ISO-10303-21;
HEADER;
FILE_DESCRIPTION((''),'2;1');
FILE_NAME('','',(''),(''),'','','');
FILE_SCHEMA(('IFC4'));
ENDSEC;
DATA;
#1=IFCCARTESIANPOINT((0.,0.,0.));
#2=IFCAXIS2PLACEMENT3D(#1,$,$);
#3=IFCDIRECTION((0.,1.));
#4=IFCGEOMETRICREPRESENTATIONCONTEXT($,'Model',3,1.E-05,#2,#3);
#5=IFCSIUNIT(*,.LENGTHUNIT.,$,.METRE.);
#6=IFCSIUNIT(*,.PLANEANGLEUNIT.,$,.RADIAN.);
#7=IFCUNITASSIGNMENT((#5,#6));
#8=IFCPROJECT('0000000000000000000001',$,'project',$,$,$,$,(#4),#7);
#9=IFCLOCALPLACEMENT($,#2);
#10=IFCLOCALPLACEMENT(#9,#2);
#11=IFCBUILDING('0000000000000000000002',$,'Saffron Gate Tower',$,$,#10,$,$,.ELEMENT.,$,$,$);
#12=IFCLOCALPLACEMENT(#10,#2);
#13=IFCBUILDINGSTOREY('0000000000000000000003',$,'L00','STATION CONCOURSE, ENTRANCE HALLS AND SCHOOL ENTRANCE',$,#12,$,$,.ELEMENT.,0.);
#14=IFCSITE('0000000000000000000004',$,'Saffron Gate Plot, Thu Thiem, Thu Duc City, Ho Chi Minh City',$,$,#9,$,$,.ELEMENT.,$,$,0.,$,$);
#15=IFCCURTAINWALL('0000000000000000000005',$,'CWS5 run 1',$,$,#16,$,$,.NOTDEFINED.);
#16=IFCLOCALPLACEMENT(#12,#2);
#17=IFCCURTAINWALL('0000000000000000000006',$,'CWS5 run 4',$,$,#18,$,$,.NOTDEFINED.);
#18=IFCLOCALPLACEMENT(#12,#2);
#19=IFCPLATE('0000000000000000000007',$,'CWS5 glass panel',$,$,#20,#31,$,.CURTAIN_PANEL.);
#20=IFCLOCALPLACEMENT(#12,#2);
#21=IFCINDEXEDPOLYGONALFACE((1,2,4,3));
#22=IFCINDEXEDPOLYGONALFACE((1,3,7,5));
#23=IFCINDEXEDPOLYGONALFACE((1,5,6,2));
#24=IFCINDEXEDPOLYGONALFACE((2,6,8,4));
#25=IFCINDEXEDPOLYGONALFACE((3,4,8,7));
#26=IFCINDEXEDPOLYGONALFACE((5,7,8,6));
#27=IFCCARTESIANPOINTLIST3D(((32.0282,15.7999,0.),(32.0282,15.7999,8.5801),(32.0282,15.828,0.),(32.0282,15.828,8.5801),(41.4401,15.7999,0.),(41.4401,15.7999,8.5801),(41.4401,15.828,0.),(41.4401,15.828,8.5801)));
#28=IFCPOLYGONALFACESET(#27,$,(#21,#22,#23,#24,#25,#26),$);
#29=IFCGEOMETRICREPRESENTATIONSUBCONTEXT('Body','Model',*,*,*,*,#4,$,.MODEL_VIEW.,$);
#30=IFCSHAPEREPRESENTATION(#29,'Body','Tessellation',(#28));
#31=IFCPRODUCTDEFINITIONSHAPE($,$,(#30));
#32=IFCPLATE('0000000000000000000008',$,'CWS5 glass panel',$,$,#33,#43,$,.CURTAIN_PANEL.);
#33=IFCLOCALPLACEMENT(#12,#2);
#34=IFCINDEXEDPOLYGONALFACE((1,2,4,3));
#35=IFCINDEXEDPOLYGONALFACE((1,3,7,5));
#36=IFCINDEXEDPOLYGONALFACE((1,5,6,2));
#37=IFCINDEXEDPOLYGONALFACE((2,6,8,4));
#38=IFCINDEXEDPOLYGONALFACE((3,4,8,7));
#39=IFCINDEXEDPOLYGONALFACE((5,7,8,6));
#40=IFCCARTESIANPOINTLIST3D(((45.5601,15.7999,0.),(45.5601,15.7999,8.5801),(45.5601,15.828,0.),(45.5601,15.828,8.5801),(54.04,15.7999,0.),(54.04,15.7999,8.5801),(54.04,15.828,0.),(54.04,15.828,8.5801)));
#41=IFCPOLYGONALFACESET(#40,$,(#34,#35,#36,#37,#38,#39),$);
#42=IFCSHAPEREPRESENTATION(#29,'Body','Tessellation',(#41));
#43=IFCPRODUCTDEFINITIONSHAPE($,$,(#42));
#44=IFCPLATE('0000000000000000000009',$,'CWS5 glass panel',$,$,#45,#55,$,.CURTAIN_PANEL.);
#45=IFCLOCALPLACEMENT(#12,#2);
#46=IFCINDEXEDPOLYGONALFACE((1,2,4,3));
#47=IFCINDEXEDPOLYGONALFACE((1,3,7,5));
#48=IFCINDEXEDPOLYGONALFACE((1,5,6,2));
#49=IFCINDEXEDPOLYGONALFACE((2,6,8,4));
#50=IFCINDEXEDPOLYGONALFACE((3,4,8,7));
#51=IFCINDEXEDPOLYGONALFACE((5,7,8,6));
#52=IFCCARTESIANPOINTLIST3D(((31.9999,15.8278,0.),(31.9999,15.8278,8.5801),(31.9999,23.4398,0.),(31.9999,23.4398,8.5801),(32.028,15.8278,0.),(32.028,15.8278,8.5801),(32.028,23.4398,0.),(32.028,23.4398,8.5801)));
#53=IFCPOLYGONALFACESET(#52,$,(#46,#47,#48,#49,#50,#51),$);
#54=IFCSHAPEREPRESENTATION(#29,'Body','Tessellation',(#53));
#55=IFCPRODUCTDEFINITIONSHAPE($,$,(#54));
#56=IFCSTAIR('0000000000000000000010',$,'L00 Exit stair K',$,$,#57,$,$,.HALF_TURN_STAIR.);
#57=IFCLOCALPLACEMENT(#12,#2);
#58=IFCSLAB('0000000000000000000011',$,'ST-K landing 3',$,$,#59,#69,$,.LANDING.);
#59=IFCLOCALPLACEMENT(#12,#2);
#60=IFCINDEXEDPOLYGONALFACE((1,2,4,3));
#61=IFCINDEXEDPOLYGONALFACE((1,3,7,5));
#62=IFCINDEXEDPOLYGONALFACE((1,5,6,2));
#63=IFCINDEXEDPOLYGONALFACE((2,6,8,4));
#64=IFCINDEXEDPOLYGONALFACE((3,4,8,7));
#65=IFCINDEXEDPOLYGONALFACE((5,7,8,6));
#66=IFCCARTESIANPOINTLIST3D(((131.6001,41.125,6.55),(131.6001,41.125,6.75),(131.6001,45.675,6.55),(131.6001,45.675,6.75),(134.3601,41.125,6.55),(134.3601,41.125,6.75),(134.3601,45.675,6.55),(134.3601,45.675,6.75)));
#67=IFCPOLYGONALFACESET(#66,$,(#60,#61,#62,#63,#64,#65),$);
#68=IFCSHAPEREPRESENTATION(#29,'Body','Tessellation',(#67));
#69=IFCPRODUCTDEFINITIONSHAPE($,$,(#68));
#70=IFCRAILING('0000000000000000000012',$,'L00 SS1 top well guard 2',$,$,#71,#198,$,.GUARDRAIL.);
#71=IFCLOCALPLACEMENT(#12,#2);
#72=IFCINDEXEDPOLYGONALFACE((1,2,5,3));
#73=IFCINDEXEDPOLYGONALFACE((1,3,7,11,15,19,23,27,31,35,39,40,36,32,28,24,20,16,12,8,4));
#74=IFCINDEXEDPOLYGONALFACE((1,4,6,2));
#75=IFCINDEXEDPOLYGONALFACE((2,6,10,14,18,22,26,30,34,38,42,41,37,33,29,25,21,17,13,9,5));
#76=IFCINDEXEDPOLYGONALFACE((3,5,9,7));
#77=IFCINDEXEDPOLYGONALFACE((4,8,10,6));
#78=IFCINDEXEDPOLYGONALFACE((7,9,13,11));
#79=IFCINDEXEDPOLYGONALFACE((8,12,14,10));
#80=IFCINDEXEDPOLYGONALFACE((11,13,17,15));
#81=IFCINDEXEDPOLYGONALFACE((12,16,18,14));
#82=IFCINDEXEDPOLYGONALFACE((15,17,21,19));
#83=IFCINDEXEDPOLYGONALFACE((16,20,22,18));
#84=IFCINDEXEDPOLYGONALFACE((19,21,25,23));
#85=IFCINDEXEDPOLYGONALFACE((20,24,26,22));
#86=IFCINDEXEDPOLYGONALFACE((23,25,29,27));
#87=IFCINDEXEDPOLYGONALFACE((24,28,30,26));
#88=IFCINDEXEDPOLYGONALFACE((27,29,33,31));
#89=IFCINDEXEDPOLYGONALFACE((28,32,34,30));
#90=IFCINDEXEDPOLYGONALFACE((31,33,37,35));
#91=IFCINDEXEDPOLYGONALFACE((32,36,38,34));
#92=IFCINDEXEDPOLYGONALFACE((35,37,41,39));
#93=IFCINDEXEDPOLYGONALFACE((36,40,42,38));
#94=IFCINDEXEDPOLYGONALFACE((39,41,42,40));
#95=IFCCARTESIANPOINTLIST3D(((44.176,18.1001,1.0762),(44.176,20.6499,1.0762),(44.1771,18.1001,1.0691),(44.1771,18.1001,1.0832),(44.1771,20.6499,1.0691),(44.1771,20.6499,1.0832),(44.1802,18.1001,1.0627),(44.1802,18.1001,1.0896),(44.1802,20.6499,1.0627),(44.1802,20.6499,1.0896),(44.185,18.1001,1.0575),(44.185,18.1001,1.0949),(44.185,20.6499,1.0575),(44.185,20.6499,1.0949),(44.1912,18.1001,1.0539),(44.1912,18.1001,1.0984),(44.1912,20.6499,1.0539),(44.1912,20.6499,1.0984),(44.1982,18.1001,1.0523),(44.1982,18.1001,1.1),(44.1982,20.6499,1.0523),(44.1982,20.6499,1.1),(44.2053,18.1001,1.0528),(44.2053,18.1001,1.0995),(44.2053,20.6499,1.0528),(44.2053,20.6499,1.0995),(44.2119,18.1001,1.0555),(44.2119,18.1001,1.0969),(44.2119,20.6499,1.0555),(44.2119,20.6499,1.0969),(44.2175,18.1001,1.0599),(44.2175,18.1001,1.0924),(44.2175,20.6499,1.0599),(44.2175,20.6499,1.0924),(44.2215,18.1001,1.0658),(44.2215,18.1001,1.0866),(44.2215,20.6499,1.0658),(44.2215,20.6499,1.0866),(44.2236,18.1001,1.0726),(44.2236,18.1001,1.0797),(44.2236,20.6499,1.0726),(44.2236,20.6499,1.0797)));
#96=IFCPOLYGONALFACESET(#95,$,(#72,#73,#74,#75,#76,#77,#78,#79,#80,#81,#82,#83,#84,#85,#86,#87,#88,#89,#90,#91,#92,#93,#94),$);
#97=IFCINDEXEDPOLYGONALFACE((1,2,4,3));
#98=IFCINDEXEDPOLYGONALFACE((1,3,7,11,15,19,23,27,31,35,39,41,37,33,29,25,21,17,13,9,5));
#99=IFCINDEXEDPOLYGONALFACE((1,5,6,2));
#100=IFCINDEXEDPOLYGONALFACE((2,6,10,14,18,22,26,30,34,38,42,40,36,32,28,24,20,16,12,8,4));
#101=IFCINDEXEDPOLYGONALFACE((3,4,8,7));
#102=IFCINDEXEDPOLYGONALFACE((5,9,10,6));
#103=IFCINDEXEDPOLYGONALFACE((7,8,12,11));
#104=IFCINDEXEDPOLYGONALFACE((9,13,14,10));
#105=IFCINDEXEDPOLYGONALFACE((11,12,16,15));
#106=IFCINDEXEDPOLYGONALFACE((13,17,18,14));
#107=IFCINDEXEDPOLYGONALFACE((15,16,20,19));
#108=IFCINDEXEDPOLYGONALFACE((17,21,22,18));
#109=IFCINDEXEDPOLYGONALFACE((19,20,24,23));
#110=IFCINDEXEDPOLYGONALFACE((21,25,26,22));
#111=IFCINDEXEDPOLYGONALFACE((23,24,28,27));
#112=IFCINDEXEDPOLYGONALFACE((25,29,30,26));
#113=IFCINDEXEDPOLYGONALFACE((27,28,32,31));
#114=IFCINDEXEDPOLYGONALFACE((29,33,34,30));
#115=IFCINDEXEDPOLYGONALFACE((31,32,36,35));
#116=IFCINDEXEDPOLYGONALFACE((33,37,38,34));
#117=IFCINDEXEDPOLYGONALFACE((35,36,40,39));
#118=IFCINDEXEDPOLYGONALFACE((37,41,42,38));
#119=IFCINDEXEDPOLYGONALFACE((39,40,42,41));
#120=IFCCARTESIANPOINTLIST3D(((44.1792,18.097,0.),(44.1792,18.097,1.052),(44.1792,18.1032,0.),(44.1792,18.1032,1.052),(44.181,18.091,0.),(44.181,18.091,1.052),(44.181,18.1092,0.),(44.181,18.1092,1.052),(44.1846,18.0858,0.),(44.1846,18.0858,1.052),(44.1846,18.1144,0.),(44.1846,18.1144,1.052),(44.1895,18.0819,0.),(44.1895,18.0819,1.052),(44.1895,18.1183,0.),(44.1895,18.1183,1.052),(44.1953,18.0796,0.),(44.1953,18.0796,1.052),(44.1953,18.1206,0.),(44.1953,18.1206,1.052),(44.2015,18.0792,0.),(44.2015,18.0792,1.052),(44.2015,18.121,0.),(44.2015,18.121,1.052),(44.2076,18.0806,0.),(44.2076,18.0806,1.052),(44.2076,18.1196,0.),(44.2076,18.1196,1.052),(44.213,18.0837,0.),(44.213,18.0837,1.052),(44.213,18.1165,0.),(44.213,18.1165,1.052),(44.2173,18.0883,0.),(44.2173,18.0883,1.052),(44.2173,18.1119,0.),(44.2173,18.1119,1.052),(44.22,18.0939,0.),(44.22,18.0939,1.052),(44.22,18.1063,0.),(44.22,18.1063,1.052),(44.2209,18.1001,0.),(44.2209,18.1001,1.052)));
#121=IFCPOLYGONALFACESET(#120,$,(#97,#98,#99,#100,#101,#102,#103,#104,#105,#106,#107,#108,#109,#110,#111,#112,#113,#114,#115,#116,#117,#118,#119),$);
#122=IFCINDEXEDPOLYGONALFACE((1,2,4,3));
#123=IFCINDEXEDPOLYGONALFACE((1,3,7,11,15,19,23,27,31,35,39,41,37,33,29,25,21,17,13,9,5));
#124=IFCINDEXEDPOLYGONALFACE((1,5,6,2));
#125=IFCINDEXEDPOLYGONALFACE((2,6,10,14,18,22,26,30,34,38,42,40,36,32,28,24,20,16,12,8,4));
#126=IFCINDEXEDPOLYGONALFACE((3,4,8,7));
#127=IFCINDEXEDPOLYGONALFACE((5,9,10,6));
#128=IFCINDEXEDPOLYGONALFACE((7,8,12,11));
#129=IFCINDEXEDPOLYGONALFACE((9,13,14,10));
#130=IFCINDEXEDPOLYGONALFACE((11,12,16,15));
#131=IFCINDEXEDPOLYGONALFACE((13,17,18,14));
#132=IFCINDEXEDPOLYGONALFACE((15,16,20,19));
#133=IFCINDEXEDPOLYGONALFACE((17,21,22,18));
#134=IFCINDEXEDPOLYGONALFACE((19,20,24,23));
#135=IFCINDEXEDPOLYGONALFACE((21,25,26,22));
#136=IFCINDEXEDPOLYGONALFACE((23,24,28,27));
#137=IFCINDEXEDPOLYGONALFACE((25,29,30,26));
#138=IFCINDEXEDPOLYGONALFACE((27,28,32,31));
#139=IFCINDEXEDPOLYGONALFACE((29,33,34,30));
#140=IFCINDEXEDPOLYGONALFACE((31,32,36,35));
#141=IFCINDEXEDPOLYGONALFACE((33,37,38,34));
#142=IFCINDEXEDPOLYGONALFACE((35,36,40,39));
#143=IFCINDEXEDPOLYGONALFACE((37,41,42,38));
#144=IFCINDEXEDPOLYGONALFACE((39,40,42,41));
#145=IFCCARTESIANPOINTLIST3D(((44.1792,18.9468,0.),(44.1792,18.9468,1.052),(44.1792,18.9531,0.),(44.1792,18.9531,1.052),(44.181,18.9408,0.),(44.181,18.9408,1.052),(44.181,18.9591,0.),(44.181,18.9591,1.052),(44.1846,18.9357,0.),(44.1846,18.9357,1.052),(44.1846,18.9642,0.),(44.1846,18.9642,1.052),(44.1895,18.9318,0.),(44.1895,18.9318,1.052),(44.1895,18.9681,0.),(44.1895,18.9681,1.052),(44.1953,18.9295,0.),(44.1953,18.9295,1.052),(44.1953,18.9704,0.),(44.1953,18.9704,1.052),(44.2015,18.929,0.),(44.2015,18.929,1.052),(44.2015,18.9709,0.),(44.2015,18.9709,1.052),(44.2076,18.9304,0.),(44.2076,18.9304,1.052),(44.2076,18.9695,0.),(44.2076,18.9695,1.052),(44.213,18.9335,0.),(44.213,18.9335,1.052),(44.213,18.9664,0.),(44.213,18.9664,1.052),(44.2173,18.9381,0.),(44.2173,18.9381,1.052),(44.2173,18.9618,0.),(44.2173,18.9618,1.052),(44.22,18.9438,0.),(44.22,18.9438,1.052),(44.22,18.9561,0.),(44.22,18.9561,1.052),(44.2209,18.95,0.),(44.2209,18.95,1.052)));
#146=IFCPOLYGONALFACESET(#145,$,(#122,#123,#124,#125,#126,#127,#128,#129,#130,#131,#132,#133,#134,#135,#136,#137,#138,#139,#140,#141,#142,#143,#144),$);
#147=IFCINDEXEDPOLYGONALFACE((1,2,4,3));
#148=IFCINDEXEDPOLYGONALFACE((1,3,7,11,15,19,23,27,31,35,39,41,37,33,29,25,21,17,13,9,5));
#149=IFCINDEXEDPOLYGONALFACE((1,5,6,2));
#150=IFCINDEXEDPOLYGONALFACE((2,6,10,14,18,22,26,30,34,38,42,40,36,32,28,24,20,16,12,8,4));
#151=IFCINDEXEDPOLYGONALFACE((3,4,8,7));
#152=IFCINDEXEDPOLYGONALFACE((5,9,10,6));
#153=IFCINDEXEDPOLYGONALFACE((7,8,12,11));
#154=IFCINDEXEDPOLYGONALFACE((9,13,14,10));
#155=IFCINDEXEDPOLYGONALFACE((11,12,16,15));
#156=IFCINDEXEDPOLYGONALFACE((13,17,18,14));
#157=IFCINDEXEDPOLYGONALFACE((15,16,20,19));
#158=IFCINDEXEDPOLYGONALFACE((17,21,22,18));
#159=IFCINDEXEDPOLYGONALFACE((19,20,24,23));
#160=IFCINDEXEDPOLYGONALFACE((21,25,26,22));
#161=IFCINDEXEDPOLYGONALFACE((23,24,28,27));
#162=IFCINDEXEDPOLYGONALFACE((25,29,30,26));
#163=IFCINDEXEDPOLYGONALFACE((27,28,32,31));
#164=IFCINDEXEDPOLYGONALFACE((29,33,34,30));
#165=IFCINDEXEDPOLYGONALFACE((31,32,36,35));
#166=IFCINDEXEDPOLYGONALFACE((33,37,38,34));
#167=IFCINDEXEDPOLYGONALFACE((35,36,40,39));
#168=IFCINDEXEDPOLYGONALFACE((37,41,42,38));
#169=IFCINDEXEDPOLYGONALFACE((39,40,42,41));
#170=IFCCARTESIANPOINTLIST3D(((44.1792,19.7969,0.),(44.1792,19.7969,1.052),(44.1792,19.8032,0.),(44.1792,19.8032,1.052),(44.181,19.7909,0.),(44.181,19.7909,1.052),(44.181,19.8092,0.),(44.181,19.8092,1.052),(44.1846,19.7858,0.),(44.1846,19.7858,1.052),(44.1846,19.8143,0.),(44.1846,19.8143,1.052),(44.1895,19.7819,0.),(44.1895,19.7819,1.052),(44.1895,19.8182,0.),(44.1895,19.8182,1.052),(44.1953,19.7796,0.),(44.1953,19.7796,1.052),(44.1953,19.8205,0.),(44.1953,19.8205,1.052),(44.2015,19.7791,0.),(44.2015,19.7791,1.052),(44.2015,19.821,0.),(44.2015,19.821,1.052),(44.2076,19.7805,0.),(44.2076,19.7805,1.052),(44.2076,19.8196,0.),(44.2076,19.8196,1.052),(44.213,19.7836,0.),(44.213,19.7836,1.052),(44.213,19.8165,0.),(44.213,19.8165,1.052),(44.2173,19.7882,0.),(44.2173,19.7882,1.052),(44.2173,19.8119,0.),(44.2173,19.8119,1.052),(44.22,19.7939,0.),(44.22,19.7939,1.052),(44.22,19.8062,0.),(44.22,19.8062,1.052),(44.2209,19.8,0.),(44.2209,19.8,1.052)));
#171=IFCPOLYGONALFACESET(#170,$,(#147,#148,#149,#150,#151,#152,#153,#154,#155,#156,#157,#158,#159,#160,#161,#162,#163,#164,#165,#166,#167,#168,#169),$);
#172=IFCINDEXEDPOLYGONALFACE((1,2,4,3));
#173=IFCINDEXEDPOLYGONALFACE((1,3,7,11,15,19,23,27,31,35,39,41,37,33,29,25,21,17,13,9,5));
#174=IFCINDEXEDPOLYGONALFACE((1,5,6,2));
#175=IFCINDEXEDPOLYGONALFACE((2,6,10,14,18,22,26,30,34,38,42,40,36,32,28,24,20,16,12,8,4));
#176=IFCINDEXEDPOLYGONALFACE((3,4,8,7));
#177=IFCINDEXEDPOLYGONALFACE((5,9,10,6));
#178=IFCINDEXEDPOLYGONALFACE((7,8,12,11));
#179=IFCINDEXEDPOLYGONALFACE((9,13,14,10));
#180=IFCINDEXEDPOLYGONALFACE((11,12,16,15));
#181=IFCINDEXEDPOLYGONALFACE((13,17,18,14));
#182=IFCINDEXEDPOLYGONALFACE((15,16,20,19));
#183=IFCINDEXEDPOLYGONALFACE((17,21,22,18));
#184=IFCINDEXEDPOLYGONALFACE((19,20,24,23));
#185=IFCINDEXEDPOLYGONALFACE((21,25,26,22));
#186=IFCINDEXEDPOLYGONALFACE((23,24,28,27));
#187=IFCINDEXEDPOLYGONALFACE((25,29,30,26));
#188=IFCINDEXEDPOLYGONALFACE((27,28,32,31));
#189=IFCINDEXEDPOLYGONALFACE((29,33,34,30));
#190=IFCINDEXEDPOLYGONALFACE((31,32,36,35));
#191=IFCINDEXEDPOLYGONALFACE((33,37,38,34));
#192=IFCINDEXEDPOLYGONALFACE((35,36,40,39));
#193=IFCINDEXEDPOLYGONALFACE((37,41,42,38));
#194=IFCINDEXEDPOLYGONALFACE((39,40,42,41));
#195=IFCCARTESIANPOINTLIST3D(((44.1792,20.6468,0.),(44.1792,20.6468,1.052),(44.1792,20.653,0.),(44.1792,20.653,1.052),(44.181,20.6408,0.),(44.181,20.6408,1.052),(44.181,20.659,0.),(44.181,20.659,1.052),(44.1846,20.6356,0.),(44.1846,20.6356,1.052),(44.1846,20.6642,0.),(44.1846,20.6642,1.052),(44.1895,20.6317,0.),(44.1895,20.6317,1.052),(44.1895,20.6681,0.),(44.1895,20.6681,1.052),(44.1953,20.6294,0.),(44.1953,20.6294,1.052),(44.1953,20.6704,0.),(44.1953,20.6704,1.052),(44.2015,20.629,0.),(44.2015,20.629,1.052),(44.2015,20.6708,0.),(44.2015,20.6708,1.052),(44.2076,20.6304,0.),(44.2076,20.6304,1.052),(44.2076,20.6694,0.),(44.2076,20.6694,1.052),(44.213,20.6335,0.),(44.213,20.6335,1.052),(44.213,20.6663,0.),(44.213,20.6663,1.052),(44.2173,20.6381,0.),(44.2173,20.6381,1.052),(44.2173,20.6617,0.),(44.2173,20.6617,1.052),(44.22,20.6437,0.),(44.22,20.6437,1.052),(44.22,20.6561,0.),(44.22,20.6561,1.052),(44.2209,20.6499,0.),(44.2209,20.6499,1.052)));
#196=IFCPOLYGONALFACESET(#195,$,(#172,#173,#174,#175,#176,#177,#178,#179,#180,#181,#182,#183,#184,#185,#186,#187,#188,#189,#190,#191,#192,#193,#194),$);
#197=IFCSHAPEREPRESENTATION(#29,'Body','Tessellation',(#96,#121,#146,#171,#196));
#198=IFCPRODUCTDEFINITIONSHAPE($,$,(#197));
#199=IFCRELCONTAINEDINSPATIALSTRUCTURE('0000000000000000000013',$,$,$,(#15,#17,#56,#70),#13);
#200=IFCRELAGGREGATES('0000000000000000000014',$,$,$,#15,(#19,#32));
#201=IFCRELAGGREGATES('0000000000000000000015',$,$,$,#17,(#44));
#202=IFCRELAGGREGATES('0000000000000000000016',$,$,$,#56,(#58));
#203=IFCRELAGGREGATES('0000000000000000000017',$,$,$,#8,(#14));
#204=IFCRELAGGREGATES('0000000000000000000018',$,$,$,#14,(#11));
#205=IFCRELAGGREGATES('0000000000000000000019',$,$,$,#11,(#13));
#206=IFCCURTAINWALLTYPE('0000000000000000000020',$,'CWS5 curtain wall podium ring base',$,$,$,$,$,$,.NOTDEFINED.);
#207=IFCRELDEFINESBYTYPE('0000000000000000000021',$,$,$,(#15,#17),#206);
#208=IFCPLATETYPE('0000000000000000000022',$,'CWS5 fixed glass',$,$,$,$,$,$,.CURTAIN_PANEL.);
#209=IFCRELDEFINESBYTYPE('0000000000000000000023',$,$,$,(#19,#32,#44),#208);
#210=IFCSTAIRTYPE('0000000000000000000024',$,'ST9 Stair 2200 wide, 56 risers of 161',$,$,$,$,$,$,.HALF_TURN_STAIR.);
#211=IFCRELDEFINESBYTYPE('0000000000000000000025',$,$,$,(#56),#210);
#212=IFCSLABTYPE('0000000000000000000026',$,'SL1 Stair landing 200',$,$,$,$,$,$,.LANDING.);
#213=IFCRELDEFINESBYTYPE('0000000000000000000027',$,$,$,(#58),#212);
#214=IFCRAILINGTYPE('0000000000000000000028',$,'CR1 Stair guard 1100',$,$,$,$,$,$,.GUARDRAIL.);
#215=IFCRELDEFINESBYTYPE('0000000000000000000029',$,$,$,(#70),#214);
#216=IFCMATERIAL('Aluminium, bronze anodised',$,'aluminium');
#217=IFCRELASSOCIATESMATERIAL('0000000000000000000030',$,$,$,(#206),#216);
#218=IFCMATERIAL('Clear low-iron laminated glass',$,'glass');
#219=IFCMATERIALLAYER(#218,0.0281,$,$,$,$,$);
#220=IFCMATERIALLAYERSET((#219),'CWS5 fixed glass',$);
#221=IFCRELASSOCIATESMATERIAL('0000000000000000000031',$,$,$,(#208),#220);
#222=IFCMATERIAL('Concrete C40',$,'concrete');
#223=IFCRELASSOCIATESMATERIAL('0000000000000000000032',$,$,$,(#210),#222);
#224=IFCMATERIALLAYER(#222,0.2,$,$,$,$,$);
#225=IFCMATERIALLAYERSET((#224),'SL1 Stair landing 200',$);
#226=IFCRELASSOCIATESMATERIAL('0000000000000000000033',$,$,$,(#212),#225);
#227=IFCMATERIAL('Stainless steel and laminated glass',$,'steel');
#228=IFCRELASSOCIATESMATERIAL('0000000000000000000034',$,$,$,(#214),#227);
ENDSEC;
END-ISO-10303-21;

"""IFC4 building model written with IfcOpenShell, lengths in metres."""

from ifc_helpers import new_model, si_unit, direction, frame, frame_2d, origin, origin_2d, place, context, subcontext, project, spatial, polyline, rectangle, circle, outline, extrude, material, layer, layer_set, type_object, element, aggregate, save


model = new_model("IFC4")

# Units and contexts
model_context = context("Model", 3, precision=1e-05, world=origin(), true_north=direction((0.0, 1.0)))
body_context = subcontext(model_context, "Body", "Model", "MODEL_VIEW")
ifc_project = project(units=[si_unit("LENGTHUNIT", "METRE"), si_unit("PLANEANGLEUNIT", "RADIAN")], contexts=[model_context])

# Site, building, storey
site_placement = place(None, origin())
site = spatial("IfcSite", under=ifc_project, at=site_placement, Name="Saffron Gate Plot, Thu Thiem, Thu Duc City, Ho Chi Minh City", CompositionType="ELEMENT", RefElevation=0.0)
building_placement = place(site_placement, origin())
building = spatial("IfcBuilding", under=site, at=building_placement, Name="Saffron Gate Tower", CompositionType="ELEMENT")
storey_placement = place(building_placement, origin())
storey = spatial("IfcBuildingStorey", under=building, at=storey_placement, Name="L00", Description="STATION CONCOURSE, ENTRANCE HALLS AND SCHOOL ENTRANCE", CompositionType="ELEMENT", Elevation=0.0)

# Curtain walls
ifc_material_1 = material(Name="Aluminium, bronze anodised", Category="aluminium")
curtain_wall_type = type_object("IfcCurtainWallType", Name="CWS5 curtain wall podium ring base", PredefinedType="NOTDEFINED", material=ifc_material_1)
curtain_wall_1_placement = place(storey_placement, origin())
curtain_wall_1 = element("IfcCurtainWall", 1, at=curtain_wall_1_placement, inside=storey, type_object=curtain_wall_type, Name="CWS5 run 1", PredefinedType="NOTDEFINED")
curtain_wall_2_placement = place(storey_placement, origin())
curtain_wall_2 = element("IfcCurtainWall", 2, at=curtain_wall_2_placement, inside=storey, type_object=curtain_wall_type, Name="CWS5 run 4", PredefinedType="NOTDEFINED")

# Plates
ifc_material_2 = material(Name="Clear low-iron laminated glass", Category="glass")
ifc_layer_1 = layer(ifc_material_2, 0.0281)
ifc_layer_set_1 = layer_set([ifc_layer_1], Name="CWS5 fixed glass")
plate_type = type_object("IfcPlateType", Name="CWS5 fixed glass", PredefinedType="CURTAIN_PANEL", material=ifc_layer_set_1)
plate_1_placement = place(storey_placement, frame((32.0281, 15.814, 0.0), z_axis=(0.0, 0.0, 1.0), x_axis=(1.0, 0.0, 0.0)))
plate_1 = element("IfcPlate", 3, at=plate_1_placement, type_object=plate_type, Name="CWS5 glass panel", PredefinedType="CURTAIN_PANEL", context=body_context, shape_type="SweptSolid", body=[
    extrude(rectangle(XDim=9.4119, YDim=0.0281, at=frame_2d((4.7061, 0.0))), origin(), (0.0, 0.0, 1.0), 8.5801),
])
plate_2_placement = place(storey_placement, frame((45.5601, 15.814, 0.0), z_axis=(0.0, 0.0, 1.0), x_axis=(1.0, 0.0, 0.0)))
plate_2 = element("IfcPlate", 4, at=plate_2_placement, type_object=plate_type, Name="CWS5 glass panel", PredefinedType="CURTAIN_PANEL", context=body_context, shape_type="SweptSolid", body=[
    extrude(rectangle(XDim=8.48, YDim=0.0281, at=frame_2d((4.24, 0.0))), origin(), (0.0, 0.0, 1.0), 8.5801),
])
aggregate(curtain_wall_1, [plate_1, plate_2])
plate_3_placement = place(storey_placement, frame((32.0139, 23.4399, 0.0), z_axis=(0.0, 0.0, 1.0), x_axis=(0.0, -1.0, 0.0)))
plate_3 = element("IfcPlate", 5, at=plate_3_placement, type_object=plate_type, Name="CWS5 glass panel", PredefinedType="CURTAIN_PANEL", context=body_context, shape_type="SweptSolid", body=[
    extrude(rectangle(XDim=7.6121, YDim=0.0281, at=frame_2d((3.8062, 0.0))), origin(), (0.0, 0.0, 1.0), 8.5801),
])
aggregate(curtain_wall_2, [plate_3])

# Stair, slab
ifc_material_3 = material(Name="Concrete C40", Category="concrete")
stair_type = type_object("IfcStairType", Name="ST9 Stair 2200 wide, 56 risers of 161", PredefinedType="HALF_TURN_STAIR", material=ifc_material_3)
stair_placement = place(storey_placement, origin())
stair = element("IfcStair", 6, at=stair_placement, inside=storey, type_object=stair_type, Name="L00 Exit stair K", PredefinedType="HALF_TURN_STAIR")
ifc_layer_2 = layer(ifc_material_3, 0.2)
ifc_layer_set_2 = layer_set([ifc_layer_2], Name="SL1 Stair landing 200")
slab_type = type_object("IfcSlabType", Name="SL1 Stair landing 200", PredefinedType="LANDING", material=ifc_layer_set_2)
slab_placement = place(storey_placement, frame((0.0, 0.0, 6.55)))
slab = element("IfcSlab", 7, at=slab_placement, type_object=slab_type, Name="ST-K landing 3", PredefinedType="LANDING", context=body_context, shape_type="SweptSolid", body=[
    extrude(outline(polyline([(134.3601, 45.675), (131.6001, 45.675), (131.6001, 41.125), (134.3601, 41.125), (134.3601, 45.675)])), origin(), (0.0, 0.0, 1.0), 0.2),
])
aggregate(stair, [slab])

# Railing
ifc_material_4 = material(Name="Stainless steel and laminated glass", Category="steel")
railing_type = type_object("IfcRailingType", Name="CR1 Stair guard 1100", PredefinedType="GUARDRAIL", material=ifc_material_4)
railing_1_placement = place(storey_placement, frame((44.2, 18.1001, 0.0)))
element("IfcRailing", 8, at=railing_1_placement, inside=storey, type_object=railing_type, Name="L00 SS1 top well guard 2", PredefinedType="GUARDRAIL", context=body_context, shape_type="SweptSolid", body=[
    extrude(circle(Radius=0.0239, at=origin_2d()), frame((0.0, 0.0, 1.0762), z_axis=(0.0, 1.0, 0.0), x_axis=(-1.0, 0.0, 0.0)), (0.0, 0.0, 1.0), 2.5498),
    extrude(circle(Radius=0.021, at=origin_2d()), origin(), (0.0, 0.0, 1.0), 1.052),
    extrude(circle(Radius=0.021, at=origin_2d()), frame((0.0, 0.8499, 0.0)), (0.0, 0.0, 1.0), 1.052),
    extrude(circle(Radius=0.021, at=origin_2d()), frame((0.0, 1.7, 0.0)), (0.0, 0.0, 1.0), 1.052),
    extrude(circle(Radius=0.021, at=origin_2d()), frame((0.0, 2.5498, 0.0)), (0.0, 0.0, 1.0), 1.052),
])

save(model, "model.ifc")
